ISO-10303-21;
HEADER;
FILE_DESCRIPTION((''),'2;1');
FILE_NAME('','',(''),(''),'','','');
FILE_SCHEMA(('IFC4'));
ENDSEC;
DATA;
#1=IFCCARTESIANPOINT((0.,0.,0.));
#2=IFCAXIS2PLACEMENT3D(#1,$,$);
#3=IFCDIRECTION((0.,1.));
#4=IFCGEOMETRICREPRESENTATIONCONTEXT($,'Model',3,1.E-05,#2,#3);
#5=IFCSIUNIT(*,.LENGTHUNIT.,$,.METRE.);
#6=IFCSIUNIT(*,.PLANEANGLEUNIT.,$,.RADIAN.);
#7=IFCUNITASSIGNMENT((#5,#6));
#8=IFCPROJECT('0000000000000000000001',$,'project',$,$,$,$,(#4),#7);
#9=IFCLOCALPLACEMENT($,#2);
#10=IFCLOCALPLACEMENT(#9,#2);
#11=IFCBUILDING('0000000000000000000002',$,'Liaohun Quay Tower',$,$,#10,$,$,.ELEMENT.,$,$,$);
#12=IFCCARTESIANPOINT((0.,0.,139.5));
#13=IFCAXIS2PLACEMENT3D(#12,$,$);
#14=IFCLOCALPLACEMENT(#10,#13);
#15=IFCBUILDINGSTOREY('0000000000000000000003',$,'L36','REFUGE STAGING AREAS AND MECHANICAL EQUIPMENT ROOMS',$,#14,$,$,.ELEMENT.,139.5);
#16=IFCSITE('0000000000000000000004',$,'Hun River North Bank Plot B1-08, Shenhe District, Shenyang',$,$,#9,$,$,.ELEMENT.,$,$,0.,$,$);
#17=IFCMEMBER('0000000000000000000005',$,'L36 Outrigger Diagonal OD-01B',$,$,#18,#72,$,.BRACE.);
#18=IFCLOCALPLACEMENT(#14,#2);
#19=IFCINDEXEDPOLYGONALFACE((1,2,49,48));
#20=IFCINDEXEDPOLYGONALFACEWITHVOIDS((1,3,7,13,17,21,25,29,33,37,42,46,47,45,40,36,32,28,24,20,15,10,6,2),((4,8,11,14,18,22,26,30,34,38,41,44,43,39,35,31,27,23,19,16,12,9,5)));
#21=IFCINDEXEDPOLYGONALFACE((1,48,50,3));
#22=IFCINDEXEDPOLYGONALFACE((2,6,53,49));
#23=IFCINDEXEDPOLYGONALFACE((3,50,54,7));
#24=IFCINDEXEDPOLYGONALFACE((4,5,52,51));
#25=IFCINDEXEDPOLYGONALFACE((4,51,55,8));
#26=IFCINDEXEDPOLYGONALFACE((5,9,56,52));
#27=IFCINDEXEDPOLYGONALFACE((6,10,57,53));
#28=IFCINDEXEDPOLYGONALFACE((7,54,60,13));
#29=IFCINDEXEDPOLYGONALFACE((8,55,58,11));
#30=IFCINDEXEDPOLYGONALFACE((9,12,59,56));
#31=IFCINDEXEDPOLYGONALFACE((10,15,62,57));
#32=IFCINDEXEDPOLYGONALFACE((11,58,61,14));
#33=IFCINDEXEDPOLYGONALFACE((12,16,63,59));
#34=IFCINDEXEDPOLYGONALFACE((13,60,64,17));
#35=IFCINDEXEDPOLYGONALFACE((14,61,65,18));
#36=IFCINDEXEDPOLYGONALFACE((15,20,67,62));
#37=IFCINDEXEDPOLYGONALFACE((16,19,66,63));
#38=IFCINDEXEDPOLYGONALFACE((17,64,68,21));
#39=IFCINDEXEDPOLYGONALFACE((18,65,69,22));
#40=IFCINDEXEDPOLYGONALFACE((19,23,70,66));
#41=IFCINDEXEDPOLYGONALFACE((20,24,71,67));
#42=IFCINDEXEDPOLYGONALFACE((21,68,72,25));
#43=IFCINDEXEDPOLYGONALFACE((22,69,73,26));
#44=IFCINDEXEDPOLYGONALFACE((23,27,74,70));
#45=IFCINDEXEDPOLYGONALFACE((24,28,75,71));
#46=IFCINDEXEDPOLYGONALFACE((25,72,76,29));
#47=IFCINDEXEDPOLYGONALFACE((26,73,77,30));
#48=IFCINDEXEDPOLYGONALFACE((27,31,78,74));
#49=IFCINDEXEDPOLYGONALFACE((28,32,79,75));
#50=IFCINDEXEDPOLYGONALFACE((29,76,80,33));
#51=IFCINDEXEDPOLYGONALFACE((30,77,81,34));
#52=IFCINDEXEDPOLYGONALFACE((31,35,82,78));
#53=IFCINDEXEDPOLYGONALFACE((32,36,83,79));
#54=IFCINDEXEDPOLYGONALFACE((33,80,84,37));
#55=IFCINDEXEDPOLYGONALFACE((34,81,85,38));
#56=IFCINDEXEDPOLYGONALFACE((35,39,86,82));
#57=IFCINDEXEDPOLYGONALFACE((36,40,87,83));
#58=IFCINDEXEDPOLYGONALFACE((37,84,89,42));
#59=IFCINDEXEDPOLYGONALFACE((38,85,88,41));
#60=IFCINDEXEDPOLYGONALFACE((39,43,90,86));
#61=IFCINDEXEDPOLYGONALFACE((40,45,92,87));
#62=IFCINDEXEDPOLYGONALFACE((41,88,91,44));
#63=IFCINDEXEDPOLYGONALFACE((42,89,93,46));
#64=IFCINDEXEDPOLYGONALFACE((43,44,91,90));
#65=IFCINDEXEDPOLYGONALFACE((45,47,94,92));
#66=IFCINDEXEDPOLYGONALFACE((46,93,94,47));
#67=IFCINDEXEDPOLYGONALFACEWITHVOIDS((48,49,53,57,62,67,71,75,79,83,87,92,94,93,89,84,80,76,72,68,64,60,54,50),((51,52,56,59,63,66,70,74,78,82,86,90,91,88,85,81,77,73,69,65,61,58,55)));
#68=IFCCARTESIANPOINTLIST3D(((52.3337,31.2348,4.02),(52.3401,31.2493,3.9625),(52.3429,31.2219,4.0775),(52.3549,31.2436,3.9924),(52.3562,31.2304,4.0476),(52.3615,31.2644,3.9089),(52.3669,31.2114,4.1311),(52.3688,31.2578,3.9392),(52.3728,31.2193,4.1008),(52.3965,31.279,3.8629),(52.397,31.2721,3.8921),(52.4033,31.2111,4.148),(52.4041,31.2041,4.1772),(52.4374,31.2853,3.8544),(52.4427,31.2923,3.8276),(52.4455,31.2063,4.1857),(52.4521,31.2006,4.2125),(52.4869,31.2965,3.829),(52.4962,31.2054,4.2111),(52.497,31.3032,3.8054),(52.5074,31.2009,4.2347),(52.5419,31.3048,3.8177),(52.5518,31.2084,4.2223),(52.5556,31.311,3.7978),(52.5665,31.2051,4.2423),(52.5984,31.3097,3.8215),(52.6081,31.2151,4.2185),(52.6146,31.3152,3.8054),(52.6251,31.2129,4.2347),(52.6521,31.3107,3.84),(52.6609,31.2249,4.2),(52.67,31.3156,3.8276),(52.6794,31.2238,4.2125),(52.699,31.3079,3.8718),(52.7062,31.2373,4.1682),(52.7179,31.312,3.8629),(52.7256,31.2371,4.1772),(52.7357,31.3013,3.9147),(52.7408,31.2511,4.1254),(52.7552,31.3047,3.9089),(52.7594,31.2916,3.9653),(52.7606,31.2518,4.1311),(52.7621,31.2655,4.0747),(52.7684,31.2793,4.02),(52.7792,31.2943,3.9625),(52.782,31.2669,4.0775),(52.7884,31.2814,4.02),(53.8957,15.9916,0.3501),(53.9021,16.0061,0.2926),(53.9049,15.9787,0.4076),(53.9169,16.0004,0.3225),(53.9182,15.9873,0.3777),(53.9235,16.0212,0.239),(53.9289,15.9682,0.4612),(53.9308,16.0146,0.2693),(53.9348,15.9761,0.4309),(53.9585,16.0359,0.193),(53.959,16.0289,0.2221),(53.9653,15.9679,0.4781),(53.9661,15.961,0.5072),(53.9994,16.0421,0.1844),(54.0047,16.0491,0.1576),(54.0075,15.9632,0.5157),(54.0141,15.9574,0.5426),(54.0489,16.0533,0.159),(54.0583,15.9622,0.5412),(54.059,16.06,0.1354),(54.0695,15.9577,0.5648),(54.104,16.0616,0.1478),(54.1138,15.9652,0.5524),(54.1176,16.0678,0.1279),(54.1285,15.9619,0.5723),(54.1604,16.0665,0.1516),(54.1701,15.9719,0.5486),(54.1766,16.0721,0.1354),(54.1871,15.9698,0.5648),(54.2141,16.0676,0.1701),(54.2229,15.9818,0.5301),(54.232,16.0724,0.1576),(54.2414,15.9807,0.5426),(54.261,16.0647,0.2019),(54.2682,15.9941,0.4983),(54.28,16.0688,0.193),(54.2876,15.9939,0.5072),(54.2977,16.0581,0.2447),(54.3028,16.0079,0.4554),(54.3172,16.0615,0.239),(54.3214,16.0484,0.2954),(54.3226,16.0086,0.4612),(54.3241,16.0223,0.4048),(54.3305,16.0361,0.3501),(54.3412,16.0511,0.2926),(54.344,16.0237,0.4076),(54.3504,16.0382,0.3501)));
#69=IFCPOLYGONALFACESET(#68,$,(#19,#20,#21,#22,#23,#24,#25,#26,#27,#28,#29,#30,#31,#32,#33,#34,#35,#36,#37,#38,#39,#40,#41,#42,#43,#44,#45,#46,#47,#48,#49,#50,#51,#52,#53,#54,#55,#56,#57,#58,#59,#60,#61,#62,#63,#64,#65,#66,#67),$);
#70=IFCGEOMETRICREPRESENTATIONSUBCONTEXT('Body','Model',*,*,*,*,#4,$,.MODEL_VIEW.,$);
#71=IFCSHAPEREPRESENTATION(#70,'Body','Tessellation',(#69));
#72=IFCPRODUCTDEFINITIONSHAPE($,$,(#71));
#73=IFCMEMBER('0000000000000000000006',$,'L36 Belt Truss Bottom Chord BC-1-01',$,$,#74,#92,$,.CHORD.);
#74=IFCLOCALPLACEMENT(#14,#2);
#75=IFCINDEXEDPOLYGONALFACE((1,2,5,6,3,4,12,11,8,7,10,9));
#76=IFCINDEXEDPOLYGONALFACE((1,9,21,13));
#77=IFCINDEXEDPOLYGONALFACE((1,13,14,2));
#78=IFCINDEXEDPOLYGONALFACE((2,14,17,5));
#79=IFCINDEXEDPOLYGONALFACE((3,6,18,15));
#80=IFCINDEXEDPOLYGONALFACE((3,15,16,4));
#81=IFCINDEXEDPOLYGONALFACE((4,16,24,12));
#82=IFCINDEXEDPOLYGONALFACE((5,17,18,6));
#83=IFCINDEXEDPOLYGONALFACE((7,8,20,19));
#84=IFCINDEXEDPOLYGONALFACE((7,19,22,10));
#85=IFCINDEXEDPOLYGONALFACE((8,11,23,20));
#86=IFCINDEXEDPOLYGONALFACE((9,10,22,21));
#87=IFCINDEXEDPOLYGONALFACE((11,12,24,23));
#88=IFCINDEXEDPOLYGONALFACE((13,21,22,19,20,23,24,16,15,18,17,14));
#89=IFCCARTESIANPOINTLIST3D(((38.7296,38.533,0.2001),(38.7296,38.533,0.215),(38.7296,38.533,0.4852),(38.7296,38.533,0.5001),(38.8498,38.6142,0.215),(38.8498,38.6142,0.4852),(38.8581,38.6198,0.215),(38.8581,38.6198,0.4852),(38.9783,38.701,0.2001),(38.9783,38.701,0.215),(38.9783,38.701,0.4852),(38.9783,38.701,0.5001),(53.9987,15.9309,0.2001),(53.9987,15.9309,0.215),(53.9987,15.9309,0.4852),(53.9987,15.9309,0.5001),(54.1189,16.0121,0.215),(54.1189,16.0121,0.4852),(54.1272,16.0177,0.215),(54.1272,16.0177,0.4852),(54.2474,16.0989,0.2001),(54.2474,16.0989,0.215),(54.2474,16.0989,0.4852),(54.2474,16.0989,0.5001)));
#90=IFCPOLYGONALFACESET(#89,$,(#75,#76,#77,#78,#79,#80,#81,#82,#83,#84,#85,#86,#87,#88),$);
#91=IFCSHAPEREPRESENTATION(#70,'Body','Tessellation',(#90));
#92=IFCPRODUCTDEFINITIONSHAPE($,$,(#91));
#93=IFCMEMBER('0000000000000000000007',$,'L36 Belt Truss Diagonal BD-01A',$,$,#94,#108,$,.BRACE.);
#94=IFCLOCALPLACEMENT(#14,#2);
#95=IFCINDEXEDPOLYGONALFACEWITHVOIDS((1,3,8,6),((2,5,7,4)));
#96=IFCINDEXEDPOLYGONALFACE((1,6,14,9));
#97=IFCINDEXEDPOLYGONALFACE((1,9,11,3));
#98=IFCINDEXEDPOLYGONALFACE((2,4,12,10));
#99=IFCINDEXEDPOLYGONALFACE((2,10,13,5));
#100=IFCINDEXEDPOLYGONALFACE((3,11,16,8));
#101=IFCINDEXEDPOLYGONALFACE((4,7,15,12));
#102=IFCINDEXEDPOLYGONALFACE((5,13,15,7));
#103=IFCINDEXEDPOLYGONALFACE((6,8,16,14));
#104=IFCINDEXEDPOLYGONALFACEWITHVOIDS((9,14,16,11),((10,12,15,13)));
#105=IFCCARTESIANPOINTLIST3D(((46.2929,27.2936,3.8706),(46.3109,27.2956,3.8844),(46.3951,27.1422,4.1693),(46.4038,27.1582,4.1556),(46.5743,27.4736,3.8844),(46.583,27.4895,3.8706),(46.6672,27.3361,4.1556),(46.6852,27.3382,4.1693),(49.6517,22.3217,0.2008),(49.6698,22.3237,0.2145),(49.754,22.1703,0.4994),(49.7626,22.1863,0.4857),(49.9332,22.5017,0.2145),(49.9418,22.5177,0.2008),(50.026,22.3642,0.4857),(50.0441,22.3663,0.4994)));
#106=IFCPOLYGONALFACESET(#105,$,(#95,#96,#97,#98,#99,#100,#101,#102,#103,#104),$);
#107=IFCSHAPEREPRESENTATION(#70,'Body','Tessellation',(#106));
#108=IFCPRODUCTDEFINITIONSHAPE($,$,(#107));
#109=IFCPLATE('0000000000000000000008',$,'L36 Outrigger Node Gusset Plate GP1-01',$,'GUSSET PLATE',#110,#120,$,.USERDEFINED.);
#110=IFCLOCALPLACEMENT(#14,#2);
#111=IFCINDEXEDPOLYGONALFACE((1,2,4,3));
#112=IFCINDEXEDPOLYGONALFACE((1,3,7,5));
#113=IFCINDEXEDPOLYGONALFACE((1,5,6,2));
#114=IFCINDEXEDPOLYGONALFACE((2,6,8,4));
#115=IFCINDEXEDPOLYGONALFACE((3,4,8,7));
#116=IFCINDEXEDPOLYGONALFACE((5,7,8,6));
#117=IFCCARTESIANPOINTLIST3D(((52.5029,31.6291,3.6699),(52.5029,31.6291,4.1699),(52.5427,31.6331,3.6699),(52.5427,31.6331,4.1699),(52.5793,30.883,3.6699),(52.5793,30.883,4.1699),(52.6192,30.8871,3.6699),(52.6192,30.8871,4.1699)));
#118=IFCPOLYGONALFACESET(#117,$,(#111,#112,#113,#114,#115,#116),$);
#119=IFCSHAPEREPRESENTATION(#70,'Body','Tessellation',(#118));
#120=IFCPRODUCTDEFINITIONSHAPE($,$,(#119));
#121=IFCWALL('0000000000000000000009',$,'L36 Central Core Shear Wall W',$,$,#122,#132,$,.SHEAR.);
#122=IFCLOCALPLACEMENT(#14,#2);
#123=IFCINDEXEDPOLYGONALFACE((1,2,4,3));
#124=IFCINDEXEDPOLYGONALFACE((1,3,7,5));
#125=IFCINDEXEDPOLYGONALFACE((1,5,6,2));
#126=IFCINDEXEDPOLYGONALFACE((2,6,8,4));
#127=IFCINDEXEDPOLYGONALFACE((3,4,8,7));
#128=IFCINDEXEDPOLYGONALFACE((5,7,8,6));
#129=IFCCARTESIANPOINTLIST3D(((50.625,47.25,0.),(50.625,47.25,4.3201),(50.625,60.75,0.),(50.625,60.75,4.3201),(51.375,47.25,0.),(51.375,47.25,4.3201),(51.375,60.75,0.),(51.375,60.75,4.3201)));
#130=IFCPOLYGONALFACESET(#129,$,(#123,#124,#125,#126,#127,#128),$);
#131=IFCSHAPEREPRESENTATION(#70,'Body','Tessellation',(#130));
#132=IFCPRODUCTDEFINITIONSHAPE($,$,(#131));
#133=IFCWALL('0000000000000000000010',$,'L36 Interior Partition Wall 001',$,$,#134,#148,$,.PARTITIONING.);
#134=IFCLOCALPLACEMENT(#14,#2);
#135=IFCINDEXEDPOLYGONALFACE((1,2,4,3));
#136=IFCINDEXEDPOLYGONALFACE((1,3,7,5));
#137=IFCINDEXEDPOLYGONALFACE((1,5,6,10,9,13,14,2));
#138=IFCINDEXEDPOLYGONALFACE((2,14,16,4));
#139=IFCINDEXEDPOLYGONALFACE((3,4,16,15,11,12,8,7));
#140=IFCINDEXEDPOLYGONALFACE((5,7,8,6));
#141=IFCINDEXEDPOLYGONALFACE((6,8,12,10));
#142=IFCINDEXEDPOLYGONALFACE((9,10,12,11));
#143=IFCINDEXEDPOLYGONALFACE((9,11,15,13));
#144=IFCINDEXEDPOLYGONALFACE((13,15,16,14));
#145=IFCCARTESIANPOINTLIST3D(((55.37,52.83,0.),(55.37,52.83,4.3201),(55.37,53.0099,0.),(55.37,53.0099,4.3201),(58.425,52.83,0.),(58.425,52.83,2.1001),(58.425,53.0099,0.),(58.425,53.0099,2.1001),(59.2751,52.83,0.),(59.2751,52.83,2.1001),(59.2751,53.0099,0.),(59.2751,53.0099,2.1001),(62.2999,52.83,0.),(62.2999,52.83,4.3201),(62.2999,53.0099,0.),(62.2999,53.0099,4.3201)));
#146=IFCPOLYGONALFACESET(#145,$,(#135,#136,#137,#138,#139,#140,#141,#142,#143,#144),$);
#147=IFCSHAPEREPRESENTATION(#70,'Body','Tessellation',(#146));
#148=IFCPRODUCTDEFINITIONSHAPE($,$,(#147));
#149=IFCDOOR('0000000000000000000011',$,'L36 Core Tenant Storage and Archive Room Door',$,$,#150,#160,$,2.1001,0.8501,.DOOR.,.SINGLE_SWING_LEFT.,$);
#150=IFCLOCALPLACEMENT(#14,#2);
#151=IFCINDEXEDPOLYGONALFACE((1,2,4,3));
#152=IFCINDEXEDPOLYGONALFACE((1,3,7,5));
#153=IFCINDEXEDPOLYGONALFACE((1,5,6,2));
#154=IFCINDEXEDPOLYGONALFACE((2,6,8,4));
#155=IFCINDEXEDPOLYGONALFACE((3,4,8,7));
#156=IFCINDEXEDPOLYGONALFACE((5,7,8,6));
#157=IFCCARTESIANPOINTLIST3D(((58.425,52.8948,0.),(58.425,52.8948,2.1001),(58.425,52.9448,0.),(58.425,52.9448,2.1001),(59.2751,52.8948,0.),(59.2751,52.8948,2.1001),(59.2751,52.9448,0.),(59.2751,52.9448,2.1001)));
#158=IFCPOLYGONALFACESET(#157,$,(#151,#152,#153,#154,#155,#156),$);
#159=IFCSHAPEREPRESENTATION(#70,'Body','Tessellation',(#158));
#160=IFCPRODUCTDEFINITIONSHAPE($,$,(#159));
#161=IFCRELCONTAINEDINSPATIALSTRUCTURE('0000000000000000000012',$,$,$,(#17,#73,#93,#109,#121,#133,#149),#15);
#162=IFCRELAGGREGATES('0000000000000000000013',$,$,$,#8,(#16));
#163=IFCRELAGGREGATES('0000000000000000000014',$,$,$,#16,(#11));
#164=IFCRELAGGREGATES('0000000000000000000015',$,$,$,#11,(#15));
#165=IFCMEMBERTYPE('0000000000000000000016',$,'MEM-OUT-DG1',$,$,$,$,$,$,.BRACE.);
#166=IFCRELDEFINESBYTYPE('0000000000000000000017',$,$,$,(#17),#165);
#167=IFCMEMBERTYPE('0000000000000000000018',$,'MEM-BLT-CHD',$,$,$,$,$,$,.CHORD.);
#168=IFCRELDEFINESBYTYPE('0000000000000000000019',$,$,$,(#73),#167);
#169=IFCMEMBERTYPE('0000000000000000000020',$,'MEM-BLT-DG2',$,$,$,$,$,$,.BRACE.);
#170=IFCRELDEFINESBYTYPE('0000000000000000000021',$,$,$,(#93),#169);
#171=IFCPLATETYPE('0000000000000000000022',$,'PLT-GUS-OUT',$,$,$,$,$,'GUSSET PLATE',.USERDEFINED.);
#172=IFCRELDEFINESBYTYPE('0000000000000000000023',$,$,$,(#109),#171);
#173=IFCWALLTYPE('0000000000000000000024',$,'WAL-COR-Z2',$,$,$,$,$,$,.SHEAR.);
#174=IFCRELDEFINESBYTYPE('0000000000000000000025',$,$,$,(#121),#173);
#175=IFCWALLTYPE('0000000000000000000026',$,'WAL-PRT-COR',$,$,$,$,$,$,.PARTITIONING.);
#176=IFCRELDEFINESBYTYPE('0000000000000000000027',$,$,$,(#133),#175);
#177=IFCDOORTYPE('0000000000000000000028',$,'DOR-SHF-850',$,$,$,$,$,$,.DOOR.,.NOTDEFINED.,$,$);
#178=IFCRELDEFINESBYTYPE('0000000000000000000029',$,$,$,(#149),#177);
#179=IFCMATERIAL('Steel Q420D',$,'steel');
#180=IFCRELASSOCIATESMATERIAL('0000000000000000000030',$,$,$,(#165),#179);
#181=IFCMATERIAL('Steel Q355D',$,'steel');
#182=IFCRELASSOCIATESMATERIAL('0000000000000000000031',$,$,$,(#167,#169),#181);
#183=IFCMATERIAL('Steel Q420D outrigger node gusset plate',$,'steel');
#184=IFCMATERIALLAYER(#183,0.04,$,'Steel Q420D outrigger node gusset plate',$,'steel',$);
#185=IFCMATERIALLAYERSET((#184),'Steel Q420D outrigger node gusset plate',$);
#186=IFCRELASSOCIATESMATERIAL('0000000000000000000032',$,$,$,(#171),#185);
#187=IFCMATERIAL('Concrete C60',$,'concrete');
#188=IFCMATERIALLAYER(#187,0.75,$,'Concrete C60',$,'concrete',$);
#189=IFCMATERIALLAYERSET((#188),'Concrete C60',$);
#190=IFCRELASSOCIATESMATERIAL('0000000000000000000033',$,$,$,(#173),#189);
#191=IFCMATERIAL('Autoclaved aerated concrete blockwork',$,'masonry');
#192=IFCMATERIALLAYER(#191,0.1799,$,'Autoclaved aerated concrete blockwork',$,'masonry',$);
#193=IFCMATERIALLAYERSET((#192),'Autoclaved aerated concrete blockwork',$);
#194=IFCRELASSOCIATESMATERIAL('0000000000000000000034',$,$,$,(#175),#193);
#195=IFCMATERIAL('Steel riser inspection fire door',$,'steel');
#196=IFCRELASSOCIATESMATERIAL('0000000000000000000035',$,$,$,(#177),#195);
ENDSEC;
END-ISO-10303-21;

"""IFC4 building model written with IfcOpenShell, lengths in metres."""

from ifc_helpers import new_model, si_unit, direction, frame, frame_2d, origin, origin_2d, place, context, subcontext, project, spatial, rectangle, hollow_rectangle, hollow_circle, i_section, extrude, source, transform, mapped, material, layer, layer_set, material_profile, profile_set, type_object, element, fill, save


model = new_model("IFC4")

# Units and contexts
model_context = context("Model", 3, precision=1e-05, world=origin(), true_north=direction((0.0, 1.0)))
body_context = subcontext(model_context, "Body", "Model", "MODEL_VIEW")
ifc_project = project(units=[si_unit("LENGTHUNIT", "METRE"), si_unit("PLANEANGLEUNIT", "RADIAN")], contexts=[model_context])

# Site, building, storey
site_placement = place(None, origin())
site = spatial("IfcSite", under=ifc_project, at=site_placement, Name="Hun River North Bank Plot B1-08, Shenhe District, Shenyang", CompositionType="ELEMENT", RefElevation=0.0)
building_placement = place(site_placement, origin())
building = spatial("IfcBuilding", under=site, at=building_placement, Name="Liaohun Quay Tower", CompositionType="ELEMENT")
storey_placement = place(building_placement, frame((0.0, 0.0, 139.5)))
storey = spatial("IfcBuildingStorey", under=building, at=storey_placement, Name="L36", Description="REFUGE STAGING AREAS AND MECHANICAL EQUIPMENT ROOMS", CompositionType="ELEMENT", Elevation=139.5)

# Shared definitions
ifc_material_1 = material(Name="Concrete C60", Category="concrete")

# Shared definitions
ifc_material_2 = material(Name="Steel Q355D", Category="steel")

# Members
ifc_material_3 = material(Name="Steel Q420D", Category="steel")
ifc_material_profile_1 = material_profile(ifc_material_3, hollow_circle(Radius=0.2285, WallThickness=0.02, at=origin_2d()), Name="CHS457x20")
ifc_profile_set_1 = profile_set([ifc_material_profile_1], Name="Steel Q420D")
member_type_1 = type_object("IfcMemberType", Name="MEM-OUT-DG1", PredefinedType="BRACE", material=ifc_profile_set_1)
shared_shape_1 = source(origin(), body_context, "Body", "SweptSolid", [
    extrude(hollow_circle(Radius=0.2285, WallThickness=0.02, at=origin_2d()), origin(), (0.0, 0.0, 1.0), 15.7563),
])
member_1_placement = place(storey_placement, frame((52.561, 31.2581, 4.02), z_axis=(0.099135, -0.96743, -0.232917), x_axis=(0.994791, 0.101939, 0.0)))
element("IfcMember", 1, at=member_1_placement, inside=storey, type_object=member_type_1, Name="L36 Outrigger Diagonal OD-01B", PredefinedType="BRACE", context=body_context, shape_type="MappedRepresentation", body=[
    mapped(shared_shape_1, transform((0.0, 0.0, 0.0), x_axis=(1.0, 0.0, 0.0), y_axis=(0.0, 1.0, 0.0), z_axis=(0.0, 0.0, 1.0), scale=1.0)),
])
ifc_material_profile_2 = material_profile(ifc_material_2, i_section(OverallWidth=0.3, OverallDepth=0.3, WebThickness=0.01, FlangeThickness=0.0149, at=origin_2d()), Name="HW300x300x10x15")
ifc_profile_set_2 = profile_set([ifc_material_profile_2], Name="Steel Q355D")
member_type_2 = type_object("IfcMemberType", Name="MEM-BLT-CHD", PredefinedType="CHORD", material=ifc_profile_set_2)
shared_shape_2 = source(origin(), body_context, "Body", "SweptSolid", [
    extrude(i_section(OverallWidth=0.3, OverallDepth=0.3, WebThickness=0.01, FlangeThickness=0.0149, at=origin_2d()), origin(), (0.0, 0.0, 1.0), 27.2764),
])
member_2_placement = place(storey_placement, frame((54.123, 16.0149, 0.3501), z_axis=(-0.559792, 0.828633, 0.0), x_axis=(-0.828633, -0.559792, 0.0)))
element("IfcMember", 2, at=member_2_placement, inside=storey, type_object=member_type_2, Name="L36 Belt Truss Bottom Chord BC-1-01", PredefinedType="CHORD", context=body_context, shape_type="MappedRepresentation", body=[
    mapped(shared_shape_2, transform((0.0, 0.0, 0.0), x_axis=(1.0, 0.0, 0.0), y_axis=(0.0, 1.0, 0.0), z_axis=(0.0, 0.0, 1.0), scale=1.0)),
])
ifc_material_profile_3 = material_profile(ifc_material_2, hollow_rectangle(XDim=0.3501, YDim=0.3501, WallThickness=0.0161, at=origin_2d()), Name="SHS350x350x16")
ifc_profile_set_3 = profile_set([ifc_material_profile_3], Name="Steel Q355D")
member_type_3 = type_object("IfcMemberType", Name="MEM-BLT-DG2", PredefinedType="BRACE", material=ifc_profile_set_3)
shared_shape_3 = source(origin(), body_context, "Body", "SweptSolid", [
    extrude(hollow_rectangle(XDim=0.3501, YDim=0.3501, WallThickness=0.0161, at=origin_2d()), origin(), (0.0, 0.0, 1.0), 7.0334),
])
member_3_placement = place(storey_placement, frame((49.8479, 22.344, 0.3501), z_axis=(-0.477554, 0.706889, 0.521776), x_axis=(-0.828629, -0.559798, 0.0)))
element("IfcMember", 3, at=member_3_placement, inside=storey, type_object=member_type_3, Name="L36 Belt Truss Diagonal BD-01A", PredefinedType="BRACE", context=body_context, shape_type="MappedRepresentation", body=[
    mapped(shared_shape_3, transform((0.0, 0.0, 0.0), x_axis=(1.0, 0.0, 0.0), y_axis=(0.0, 1.0, 0.0), z_axis=(0.0, 0.0, 1.0), scale=1.0)),
])

# Plate
ifc_material_4 = material(Name="Steel Q420D outrigger node gusset plate", Category="steel")
ifc_layer_1 = layer(ifc_material_4, 0.04, Name="Steel Q420D outrigger node gusset plate", Category="steel")
ifc_layer_set_1 = layer_set([ifc_layer_1], Name="Steel Q420D outrigger node gusset plate")
plate_type = type_object("IfcPlateType", Name="PLT-GUS-OUT", ElementType="GUSSET PLATE", PredefinedType="USERDEFINED", material=ifc_layer_set_1)
shared_shape_4 = source(origin(), body_context, "Body", "SweptSolid", [
    extrude(rectangle(XDim=0.75, YDim=0.04, at=origin_2d()), origin(), (0.0, 0.0, 1.0), 0.5),
])
plate_placement = place(storey_placement, frame((52.561, 31.2581, 3.6699), z_axis=(0.0, 0.0, 1.0), x_axis=(0.101924, -0.994792, 0.0)))
element("IfcPlate", 4, at=plate_placement, inside=storey, type_object=plate_type, Name="L36 Outrigger Node Gusset Plate GP1-01", ObjectType="GUSSET PLATE", PredefinedType="USERDEFINED", context=body_context, shape_type="MappedRepresentation", body=[
    mapped(shared_shape_4, transform((0.0, 0.0, 0.0), x_axis=(1.0, 0.0, 0.0), y_axis=(0.0, 1.0, 0.0), z_axis=(0.0, 0.0, 1.0), scale=1.0)),
])

# Wall
ifc_layer_2 = layer(ifc_material_1, 0.75, Name="Concrete C60", Category="concrete")
ifc_layer_set_2 = layer_set([ifc_layer_2], Name="Concrete C60")
wall_type_1 = type_object("IfcWallType", Name="WAL-COR-Z2", PredefinedType="SHEAR", material=ifc_layer_set_2)
wall_1_placement = place(storey_placement, frame((51.0, 47.25, 0.0), z_axis=(0.0, 0.0, 1.0), x_axis=(0.0, 1.0, 0.0)))
element("IfcWall", 5, at=wall_1_placement, inside=storey, type_object=wall_type_1, Name="L36 Central Core Shear Wall W", PredefinedType="SHEAR", context=body_context, shape_type="SweptSolid", body=[
    extrude(rectangle(XDim=13.5, YDim=0.75, at=frame_2d((6.75, 0.0))), origin(), (0.0, 0.0, 1.0), 4.3201),
])

# Wall, opening, door
ifc_material_5 = material(Name="Autoclaved aerated concrete blockwork", Category="masonry")
ifc_layer_3 = layer(ifc_material_5, 0.1799, Name="Autoclaved aerated concrete blockwork", Category="masonry")
ifc_layer_set_3 = layer_set([ifc_layer_3], Name="Autoclaved aerated concrete blockwork")
wall_type_2 = type_object("IfcWallType", Name="WAL-PRT-COR", PredefinedType="PARTITIONING", material=ifc_layer_set_3)
wall_2_placement = place(storey_placement, frame((55.3701, 52.9199, 0.0), z_axis=(0.0, 0.0, 1.0), x_axis=(1.0, 0.0, 0.0)))
wall_2 = element("IfcWall", 6, at=wall_2_placement, inside=storey, type_object=wall_type_2, Name="L36 Interior Partition Wall 001", PredefinedType="PARTITIONING", context=body_context, shape_type="SweptSolid", body=[
    extrude(rectangle(XDim=6.9299, YDim=0.1799, at=frame_2d((3.4648, 0.0))), origin(), (0.0, 0.0, 1.0), 4.3201),
])
shared_shape_5 = source(origin(), body_context, "Body", "SweptSolid", [
    extrude(rectangle(XDim=0.8501, YDim=2.1001, at=frame_2d((0.425, 1.05))), frame((0.0, 0.0999, 0.0), z_axis=(0.0, -1.0, 0.0), x_axis=(1.0, 0.0, 0.0)), (0.0, 0.0, 1.0), 0.2),
])
opening_1_placement = place(wall_2_placement, frame((3.0549, 0.0, 0.0)))
opening_1 = element("IfcOpeningElement", 7, at=opening_1_placement, cuts=wall_2, PredefinedType="OPENING", context=body_context, shape_type="MappedRepresentation", body=[
    mapped(shared_shape_5, transform((0.0, 0.0, 0.0), x_axis=(1.0, 0.0, 0.0), y_axis=(0.0, 1.0, 0.0), z_axis=(0.0, 0.0, 1.0), scale=1.0)),
])
ifc_material_6 = material(Name="Steel riser inspection fire door", Category="steel")
door_type_1 = type_object("IfcDoorType", Name="DOR-SHF-850", OperationType="NOTDEFINED", PredefinedType="DOOR", material=ifc_material_6)
shared_shape_6 = source(origin(), body_context, "Body", "SweptSolid", [
    extrude(rectangle(XDim=0.8501, YDim=2.1001, at=frame_2d((0.425, 1.05))), frame((0.0, 0.0249, 0.0), z_axis=(0.0, -1.0, 0.0), x_axis=(1.0, 0.0, 0.0)), (0.0, 0.0, 1.0), 0.05),
])
door_1_placement = place(opening_1_placement, origin())
door_1 = element("IfcDoor", 8, at=door_1_placement, inside=storey, type_object=door_type_1, Name="L36 Core Tenant Storage and Archive Room Door", OperationType="SINGLE_SWING_LEFT", OverallHeight=2.1001, OverallWidth=0.8501, PredefinedType="DOOR", context=body_context, shape_type="MappedRepresentation", body=[
    mapped(shared_shape_6, transform((0.0, 0.0, 0.0), x_axis=(1.0, 0.0, 0.0), y_axis=(0.0, 1.0, 0.0), z_axis=(0.0, 0.0, 1.0), scale=1.0)),
])
fill(opening_1, door_1)

save(model, "model.ifc")
